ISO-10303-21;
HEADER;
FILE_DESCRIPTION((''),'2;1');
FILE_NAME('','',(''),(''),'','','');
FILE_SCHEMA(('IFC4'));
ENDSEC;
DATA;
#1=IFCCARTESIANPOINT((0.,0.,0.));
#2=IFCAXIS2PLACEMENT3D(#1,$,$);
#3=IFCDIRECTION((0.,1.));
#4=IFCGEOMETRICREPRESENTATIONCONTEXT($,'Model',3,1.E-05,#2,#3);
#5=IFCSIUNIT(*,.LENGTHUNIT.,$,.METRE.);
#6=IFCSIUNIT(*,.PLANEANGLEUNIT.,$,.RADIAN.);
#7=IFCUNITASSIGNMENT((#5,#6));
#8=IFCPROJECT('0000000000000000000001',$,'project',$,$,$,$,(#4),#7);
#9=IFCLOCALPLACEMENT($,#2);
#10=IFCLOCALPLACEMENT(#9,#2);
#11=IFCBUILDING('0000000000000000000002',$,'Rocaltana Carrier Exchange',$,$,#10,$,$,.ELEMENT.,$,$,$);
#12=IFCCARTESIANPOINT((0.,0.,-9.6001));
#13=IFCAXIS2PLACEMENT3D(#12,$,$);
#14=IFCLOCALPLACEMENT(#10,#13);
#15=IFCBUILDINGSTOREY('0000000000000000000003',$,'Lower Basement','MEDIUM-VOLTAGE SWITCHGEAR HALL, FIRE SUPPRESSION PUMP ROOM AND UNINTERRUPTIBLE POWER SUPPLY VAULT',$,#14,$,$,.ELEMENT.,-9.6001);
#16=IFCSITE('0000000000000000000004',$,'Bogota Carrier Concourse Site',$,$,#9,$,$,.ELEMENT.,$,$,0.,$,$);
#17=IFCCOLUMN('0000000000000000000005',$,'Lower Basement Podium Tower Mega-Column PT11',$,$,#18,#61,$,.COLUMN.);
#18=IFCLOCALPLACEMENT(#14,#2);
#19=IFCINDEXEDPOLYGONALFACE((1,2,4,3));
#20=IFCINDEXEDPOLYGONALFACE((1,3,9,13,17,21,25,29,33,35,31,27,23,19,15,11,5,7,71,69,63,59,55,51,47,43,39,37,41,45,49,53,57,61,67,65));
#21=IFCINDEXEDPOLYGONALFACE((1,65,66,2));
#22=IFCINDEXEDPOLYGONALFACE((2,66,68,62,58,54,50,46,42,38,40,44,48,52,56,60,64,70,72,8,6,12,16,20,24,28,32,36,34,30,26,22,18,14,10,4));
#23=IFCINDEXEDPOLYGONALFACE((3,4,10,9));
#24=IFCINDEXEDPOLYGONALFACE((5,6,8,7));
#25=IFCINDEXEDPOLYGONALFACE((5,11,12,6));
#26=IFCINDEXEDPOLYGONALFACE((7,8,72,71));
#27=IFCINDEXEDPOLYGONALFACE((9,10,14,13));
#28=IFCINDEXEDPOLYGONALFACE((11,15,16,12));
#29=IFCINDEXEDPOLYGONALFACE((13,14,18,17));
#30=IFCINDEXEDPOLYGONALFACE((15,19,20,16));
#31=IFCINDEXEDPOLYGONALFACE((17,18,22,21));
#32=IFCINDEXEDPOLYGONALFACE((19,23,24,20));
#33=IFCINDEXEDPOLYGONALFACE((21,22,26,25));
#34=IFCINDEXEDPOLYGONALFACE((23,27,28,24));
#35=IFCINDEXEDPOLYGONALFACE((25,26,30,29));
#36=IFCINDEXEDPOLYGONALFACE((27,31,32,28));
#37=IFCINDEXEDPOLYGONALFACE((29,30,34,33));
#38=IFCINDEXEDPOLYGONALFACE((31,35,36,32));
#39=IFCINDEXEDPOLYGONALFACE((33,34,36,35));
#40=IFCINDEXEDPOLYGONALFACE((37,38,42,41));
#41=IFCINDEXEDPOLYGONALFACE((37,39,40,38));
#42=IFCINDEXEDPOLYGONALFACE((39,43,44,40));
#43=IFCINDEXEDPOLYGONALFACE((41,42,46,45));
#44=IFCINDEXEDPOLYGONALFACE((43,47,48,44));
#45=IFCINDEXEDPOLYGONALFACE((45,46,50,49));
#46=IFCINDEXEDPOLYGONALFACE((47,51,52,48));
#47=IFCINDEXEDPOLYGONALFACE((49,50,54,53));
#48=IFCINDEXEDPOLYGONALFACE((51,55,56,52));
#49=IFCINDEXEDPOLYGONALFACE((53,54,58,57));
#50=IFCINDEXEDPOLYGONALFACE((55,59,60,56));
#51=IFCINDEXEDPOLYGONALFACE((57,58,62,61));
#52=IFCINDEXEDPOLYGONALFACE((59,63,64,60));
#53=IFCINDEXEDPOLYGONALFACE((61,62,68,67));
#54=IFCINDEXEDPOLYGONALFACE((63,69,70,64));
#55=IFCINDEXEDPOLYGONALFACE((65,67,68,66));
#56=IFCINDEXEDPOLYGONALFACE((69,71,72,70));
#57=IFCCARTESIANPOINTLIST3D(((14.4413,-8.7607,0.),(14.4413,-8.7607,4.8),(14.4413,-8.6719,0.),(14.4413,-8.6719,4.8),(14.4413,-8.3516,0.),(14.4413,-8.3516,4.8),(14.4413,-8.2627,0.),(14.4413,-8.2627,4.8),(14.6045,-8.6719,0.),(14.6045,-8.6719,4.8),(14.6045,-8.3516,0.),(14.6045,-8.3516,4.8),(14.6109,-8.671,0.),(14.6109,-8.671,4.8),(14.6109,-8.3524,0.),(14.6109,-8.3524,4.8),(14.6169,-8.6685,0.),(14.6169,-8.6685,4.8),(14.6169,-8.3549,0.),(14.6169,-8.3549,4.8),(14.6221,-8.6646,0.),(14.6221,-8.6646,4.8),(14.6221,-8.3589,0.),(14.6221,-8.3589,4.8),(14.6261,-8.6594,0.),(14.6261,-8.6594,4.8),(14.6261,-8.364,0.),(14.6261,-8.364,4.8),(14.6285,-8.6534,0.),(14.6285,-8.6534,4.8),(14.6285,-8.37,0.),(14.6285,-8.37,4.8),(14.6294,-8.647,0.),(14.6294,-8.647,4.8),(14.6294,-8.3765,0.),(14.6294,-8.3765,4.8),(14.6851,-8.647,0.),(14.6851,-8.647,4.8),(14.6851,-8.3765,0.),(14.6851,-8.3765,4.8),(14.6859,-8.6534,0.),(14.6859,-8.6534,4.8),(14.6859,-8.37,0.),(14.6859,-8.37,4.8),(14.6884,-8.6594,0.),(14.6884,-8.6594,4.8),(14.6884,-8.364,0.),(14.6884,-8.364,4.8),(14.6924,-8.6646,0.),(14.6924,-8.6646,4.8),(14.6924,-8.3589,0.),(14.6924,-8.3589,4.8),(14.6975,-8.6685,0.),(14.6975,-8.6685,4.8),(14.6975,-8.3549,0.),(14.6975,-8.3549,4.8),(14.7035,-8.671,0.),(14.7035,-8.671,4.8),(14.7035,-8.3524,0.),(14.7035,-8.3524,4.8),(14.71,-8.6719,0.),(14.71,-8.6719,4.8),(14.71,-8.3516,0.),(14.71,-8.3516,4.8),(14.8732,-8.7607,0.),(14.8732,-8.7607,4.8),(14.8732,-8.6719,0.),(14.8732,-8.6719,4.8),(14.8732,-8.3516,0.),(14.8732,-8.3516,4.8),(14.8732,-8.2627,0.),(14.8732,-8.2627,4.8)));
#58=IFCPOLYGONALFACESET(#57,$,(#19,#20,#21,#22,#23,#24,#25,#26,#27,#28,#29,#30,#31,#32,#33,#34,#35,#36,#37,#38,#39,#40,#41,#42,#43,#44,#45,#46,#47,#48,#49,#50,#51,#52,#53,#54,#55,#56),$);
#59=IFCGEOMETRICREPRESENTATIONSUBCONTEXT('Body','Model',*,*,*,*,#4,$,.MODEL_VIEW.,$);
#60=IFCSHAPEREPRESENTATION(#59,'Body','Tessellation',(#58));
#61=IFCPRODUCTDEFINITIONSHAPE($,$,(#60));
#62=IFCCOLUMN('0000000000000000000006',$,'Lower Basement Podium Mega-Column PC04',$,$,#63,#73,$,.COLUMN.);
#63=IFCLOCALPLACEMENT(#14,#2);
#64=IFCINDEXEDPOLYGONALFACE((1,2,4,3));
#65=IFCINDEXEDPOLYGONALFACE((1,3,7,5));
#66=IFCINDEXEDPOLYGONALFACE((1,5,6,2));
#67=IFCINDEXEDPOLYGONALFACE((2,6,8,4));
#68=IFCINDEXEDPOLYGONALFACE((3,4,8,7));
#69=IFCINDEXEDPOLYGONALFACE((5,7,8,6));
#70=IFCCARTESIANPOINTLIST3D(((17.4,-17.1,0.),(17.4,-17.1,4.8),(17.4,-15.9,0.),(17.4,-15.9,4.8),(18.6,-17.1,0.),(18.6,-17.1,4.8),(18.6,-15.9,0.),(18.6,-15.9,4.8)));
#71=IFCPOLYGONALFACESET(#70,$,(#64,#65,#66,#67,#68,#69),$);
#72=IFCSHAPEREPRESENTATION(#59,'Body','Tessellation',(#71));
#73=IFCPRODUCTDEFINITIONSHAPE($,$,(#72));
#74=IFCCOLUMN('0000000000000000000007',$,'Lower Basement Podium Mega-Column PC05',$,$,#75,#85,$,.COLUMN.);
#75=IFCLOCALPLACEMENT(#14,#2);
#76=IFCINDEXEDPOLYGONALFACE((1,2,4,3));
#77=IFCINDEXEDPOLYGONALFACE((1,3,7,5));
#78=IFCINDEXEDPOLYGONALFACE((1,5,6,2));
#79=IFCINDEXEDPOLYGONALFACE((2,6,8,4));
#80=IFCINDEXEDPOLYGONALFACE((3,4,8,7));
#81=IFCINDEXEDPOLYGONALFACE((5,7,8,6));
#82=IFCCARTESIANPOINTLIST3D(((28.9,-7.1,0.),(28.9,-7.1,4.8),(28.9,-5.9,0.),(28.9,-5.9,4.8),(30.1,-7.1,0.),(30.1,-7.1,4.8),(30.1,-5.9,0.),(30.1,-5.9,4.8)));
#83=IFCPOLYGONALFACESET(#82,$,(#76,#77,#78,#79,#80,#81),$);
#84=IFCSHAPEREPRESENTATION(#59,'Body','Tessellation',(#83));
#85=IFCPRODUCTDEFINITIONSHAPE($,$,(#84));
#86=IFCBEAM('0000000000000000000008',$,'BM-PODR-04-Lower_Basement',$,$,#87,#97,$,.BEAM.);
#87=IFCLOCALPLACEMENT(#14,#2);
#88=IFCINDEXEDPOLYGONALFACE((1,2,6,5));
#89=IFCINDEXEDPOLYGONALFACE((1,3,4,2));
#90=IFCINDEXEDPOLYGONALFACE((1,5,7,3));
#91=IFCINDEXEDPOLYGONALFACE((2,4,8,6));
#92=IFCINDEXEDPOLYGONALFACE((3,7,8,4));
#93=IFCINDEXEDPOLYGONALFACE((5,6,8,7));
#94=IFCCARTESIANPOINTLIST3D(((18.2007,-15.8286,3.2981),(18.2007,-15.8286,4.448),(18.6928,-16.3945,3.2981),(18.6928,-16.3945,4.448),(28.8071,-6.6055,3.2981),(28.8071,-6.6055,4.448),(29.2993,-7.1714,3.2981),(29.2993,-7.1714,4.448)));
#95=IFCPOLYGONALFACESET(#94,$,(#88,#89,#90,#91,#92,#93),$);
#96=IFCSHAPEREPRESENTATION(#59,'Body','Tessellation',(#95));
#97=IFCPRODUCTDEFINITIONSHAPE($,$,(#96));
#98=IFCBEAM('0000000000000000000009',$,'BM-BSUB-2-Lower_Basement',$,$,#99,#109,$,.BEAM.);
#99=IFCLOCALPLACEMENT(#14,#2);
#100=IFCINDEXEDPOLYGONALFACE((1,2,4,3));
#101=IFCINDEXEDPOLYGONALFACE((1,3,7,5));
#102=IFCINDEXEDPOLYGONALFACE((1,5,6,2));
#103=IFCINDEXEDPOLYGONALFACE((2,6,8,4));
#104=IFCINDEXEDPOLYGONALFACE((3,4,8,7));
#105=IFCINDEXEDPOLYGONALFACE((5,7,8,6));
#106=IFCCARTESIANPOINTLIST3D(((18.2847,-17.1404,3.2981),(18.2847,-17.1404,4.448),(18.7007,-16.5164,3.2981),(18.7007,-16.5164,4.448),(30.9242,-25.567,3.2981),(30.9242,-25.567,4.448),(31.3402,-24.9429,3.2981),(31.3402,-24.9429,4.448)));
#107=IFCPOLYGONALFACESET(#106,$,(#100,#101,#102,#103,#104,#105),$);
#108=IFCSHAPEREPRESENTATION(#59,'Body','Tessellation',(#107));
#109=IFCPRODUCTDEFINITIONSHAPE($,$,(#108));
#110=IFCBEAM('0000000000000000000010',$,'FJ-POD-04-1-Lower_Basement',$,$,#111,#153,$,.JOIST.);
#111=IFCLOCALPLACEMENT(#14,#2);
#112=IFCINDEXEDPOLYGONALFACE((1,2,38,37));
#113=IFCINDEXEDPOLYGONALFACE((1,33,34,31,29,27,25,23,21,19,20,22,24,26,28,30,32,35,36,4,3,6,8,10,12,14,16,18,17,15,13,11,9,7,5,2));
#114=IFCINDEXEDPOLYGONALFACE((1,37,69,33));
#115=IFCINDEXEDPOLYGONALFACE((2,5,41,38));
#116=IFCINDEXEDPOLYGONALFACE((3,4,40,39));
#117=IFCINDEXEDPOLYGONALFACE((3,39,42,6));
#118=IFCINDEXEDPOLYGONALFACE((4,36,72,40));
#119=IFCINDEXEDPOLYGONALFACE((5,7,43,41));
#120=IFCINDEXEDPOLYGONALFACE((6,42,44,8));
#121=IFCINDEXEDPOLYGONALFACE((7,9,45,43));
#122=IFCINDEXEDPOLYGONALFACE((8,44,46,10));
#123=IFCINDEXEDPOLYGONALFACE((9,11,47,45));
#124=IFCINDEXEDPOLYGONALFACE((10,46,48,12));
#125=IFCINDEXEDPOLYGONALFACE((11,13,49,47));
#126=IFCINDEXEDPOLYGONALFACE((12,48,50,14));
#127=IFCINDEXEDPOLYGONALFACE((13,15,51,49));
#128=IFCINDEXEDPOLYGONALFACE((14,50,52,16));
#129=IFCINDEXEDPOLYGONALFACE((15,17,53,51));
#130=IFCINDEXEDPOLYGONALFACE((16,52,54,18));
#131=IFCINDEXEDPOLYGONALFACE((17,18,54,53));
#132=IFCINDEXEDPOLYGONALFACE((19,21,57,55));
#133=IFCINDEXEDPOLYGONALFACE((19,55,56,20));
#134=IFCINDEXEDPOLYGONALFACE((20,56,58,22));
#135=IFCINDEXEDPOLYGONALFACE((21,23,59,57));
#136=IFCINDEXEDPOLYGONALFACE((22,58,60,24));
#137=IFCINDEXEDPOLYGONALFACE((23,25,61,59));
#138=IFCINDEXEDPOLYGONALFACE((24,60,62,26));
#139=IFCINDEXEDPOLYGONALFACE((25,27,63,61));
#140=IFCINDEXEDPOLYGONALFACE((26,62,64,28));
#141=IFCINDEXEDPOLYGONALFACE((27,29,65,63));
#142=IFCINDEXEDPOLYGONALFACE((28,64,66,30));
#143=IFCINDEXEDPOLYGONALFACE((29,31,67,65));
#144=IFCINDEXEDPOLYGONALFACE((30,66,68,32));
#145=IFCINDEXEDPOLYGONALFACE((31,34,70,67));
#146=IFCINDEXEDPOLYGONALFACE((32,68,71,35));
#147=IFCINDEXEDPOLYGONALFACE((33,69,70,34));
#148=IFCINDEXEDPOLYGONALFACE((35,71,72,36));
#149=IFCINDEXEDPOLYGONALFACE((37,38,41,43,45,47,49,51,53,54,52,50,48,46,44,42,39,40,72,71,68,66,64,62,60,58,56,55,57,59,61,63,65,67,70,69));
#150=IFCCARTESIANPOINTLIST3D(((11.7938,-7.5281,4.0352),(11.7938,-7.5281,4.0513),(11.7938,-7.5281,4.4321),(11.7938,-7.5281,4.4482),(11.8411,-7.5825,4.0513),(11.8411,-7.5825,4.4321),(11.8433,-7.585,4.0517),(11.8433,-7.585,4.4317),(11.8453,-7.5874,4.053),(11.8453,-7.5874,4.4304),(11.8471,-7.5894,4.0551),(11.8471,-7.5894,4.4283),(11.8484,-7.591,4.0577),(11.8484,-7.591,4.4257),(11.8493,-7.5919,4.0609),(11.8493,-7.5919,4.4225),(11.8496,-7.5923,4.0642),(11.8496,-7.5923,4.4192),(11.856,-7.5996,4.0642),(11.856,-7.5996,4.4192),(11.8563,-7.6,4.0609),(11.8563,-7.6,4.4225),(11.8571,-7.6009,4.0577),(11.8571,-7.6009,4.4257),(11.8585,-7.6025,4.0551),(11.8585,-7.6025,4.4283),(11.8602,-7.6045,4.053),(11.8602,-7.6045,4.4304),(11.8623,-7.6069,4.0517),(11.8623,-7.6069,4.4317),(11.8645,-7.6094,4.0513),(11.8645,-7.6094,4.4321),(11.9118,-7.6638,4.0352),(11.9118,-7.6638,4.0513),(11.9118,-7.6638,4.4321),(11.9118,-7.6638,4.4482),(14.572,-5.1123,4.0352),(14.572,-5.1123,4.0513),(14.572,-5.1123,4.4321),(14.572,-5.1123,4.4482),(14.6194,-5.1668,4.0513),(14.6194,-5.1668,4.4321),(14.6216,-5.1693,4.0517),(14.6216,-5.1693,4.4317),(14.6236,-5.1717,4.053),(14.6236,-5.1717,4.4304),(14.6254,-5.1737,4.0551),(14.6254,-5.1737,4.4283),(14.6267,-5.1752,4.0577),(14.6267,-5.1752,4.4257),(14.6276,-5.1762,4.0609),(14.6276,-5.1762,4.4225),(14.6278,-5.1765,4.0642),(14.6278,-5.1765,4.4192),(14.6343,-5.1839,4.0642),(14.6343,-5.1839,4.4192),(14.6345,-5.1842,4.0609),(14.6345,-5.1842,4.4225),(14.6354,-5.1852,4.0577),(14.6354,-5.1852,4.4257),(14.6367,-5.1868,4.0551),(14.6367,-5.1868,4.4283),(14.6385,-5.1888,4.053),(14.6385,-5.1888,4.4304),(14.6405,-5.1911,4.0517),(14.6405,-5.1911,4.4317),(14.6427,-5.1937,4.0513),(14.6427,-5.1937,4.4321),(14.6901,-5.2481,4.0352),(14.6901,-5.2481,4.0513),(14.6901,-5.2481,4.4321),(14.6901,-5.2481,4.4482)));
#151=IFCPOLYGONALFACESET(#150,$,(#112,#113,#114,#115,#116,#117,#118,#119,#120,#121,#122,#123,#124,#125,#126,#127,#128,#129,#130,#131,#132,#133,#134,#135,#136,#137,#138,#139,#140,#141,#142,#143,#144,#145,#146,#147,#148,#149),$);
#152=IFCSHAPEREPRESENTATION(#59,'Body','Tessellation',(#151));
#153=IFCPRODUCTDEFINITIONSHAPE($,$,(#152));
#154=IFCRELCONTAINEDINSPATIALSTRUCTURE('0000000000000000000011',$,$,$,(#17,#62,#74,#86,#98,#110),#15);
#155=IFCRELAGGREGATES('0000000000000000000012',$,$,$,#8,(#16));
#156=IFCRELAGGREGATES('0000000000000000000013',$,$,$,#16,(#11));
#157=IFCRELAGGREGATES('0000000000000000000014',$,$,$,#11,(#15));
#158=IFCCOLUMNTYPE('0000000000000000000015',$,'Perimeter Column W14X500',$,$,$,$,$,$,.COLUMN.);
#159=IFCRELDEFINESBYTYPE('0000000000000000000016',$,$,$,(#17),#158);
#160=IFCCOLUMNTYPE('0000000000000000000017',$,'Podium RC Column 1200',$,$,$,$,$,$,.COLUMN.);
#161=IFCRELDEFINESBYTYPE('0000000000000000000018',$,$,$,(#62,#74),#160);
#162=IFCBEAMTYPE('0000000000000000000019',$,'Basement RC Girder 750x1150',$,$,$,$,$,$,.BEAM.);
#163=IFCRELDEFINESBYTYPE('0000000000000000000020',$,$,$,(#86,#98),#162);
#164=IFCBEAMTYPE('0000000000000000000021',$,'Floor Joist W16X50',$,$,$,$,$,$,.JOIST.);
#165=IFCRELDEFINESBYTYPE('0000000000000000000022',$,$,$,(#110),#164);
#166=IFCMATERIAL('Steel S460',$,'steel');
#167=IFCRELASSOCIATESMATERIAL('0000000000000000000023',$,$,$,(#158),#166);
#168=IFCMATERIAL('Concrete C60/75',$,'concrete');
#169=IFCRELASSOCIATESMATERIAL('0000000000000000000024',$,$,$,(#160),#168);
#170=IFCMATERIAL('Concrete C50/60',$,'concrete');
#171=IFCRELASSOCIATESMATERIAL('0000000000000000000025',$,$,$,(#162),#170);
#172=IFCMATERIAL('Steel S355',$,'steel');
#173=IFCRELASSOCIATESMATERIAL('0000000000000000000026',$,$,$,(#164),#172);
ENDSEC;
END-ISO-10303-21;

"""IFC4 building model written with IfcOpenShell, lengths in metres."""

from ifc_helpers import new_model, si_unit, direction, frame, origin, origin_2d, place, context, subcontext, project, spatial, rectangle, i_section, extrude, material, material_profile, profile_set, type_object, element, save


model = new_model("IFC4")

# Units and contexts
model_context = context("Model", 3, precision=1e-05, world=origin(), true_north=direction((0.0, 1.0)))
body_context = subcontext(model_context, "Body", "Model", "MODEL_VIEW")
ifc_project = project(units=[si_unit("LENGTHUNIT", "METRE"), si_unit("PLANEANGLEUNIT", "RADIAN")], contexts=[model_context])

# Site, building, storey
site_placement = place(None, origin())
site = spatial("IfcSite", under=ifc_project, at=site_placement, Name="Bogota Carrier Concourse Site", CompositionType="ELEMENT", RefElevation=0.0)
building_placement = place(site_placement, origin())
building = spatial("IfcBuilding", under=site, at=building_placement, Name="Rocaltana Carrier Exchange", CompositionType="ELEMENT")
storey_placement = place(building_placement, frame((0.0, 0.0, -9.6001)))
storey = spatial("IfcBuildingStorey", under=building, at=storey_placement, Name="Lower Basement", Description="MEDIUM-VOLTAGE SWITCHGEAR HALL, FIRE SUPPRESSION PUMP ROOM AND UNINTERRUPTIBLE POWER SUPPLY VAULT", CompositionType="ELEMENT", Elevation=-9.6001)

# Columns
ifc_material_1 = material(Name="Steel S460", Category="steel")
ifc_material_profile_1 = material_profile(ifc_material_1, i_section(OverallWidth=0.4319, OverallDepth=0.498, WebThickness=0.0557, FlangeThickness=0.0889, FilletRadius=0.0249, at=origin_2d()), Name="W14X500")
ifc_profile_set_1 = profile_set([ifc_material_profile_1], Name="Steel S460")
column_type_1 = type_object("IfcColumnType", Name="Perimeter Column W14X500", PredefinedType="COLUMN", material=ifc_profile_set_1)
column_1_placement = place(storey_placement, frame((14.6572, -8.5117, 0.0), z_axis=(0.0, 0.0, 1.0), x_axis=(1.0, 0.0, 0.0)))
element("IfcColumn", 1, at=column_1_placement, inside=storey, type_object=column_type_1, Name="Lower Basement Podium Tower Mega-Column PT11", PredefinedType="COLUMN", context=body_context, shape_type="SweptSolid", body=[
    extrude(i_section(OverallWidth=0.4319, OverallDepth=0.498, WebThickness=0.0557, FlangeThickness=0.0889, FilletRadius=0.0249, at=origin_2d()), origin(), (0.0, 0.0, 1.0), 4.8),
])
ifc_material_2 = material(Name="Concrete C60/75", Category="concrete")
ifc_material_profile_2 = material_profile(ifc_material_2, rectangle(XDim=1.2, YDim=1.2, at=origin_2d()), Name="RC-COL-1200X1200")
ifc_profile_set_2 = profile_set([ifc_material_profile_2], Name="Concrete C60/75")
column_type_2 = type_object("IfcColumnType", Name="Podium RC Column 1200", PredefinedType="COLUMN", material=ifc_profile_set_2)
for number, where, z_axis, x_axis, name in (
    (2, (18.0, -16.5, 0.0), (0.0, 0.0, 1.0), (1.0, 0.0, 0.0), "Lower Basement Podium Mega-Column PC04"),
    (3, (29.5, -6.5, 0.0), (0.0, 0.0, 1.0), (1.0, 0.0, 0.0), "Lower Basement Podium Mega-Column PC05"),
):
    element("IfcColumn", number, at=place(storey_placement, frame(where, z_axis=z_axis, x_axis=x_axis)), inside=storey, type_object=column_type_2, Name=name, PredefinedType="COLUMN", context=body_context, shape_type="SweptSolid", body=[
        extrude(rectangle(XDim=1.2, YDim=1.2, at=origin_2d()), origin(), (0.0, 0.0, 1.0), 4.8),
    ])

# Beams
ifc_material_3 = material(Name="Concrete C50/60", Category="concrete")
ifc_material_profile_3 = material_profile(ifc_material_3, rectangle(XDim=0.75, YDim=1.1499, at=origin_2d()), Name="RC-BM-750X1150")
ifc_profile_set_3 = profile_set([ifc_material_profile_3], Name="Concrete C50/60")
beam_type_1 = type_object("IfcBeamType", Name="Basement RC Girder 750x1150", PredefinedType="BEAM", material=ifc_profile_set_3)
beam_1_placement = place(storey_placement, frame((18.4468, -16.1116, 3.873), z_axis=(0.7546, 0.656185, 0.0), x_axis=(-0.656185, 0.7546, 0.0)))
element("IfcBeam", 4, at=beam_1_placement, inside=storey, type_object=beam_type_1, Name="BM-PODR-04-Lower_Basement", PredefinedType="BEAM", context=body_context, shape_type="SweptSolid", body=[
    extrude(rectangle(XDim=0.75, YDim=1.1499, at=origin_2d()), origin(), (0.0, 0.0, 1.0), 14.0557),
])
beam_2_placement = place(storey_placement, frame((18.4927, -16.8284, 3.873), z_axis=(0.832043, -0.554711, 0.0), x_axis=(0.554711, 0.832043, 0.0)))
element("IfcBeam", 5, at=beam_2_placement, inside=storey, type_object=beam_type_1, Name="BM-BSUB-2-Lower_Basement", PredefinedType="BEAM", context=body_context, shape_type="SweptSolid", body=[
    extrude(rectangle(XDim=0.75, YDim=1.1499, at=origin_2d()), origin(), (0.0, 0.0, 1.0), 15.1909),
])
ifc_material_4 = material(Name="Steel S355", Category="steel")
ifc_material_profile_4 = material_profile(ifc_material_4, i_section(OverallWidth=0.1799, OverallDepth=0.4131, WebThickness=0.0098, FlangeThickness=0.0161, FilletRadius=0.0129, at=origin_2d()), Name="W16X50")
ifc_profile_set_4 = profile_set([ifc_material_profile_4], Name="Steel S355")
beam_type_2 = type_object("IfcBeamType", Name="Floor Joist W16X50", PredefinedType="JOIST", material=ifc_profile_set_4)
beam_3_placement = place(storey_placement, frame((11.8528, -7.5959, 4.2417), z_axis=(0.754627, 0.656154, 0.0), x_axis=(-0.656154, 0.754627, 0.0)))
element("IfcBeam", 6, at=beam_3_placement, inside=storey, type_object=beam_type_2, Name="FJ-POD-04-1-Lower_Basement", PredefinedType="JOIST", context=body_context, shape_type="SweptSolid", body=[
    extrude(i_section(OverallWidth=0.1799, OverallDepth=0.4131, WebThickness=0.0098, FlangeThickness=0.0161, FilletRadius=0.0129, at=origin_2d()), origin(), (0.0, 0.0, 1.0), 3.6816),
])

save(model, "model.ifc")
